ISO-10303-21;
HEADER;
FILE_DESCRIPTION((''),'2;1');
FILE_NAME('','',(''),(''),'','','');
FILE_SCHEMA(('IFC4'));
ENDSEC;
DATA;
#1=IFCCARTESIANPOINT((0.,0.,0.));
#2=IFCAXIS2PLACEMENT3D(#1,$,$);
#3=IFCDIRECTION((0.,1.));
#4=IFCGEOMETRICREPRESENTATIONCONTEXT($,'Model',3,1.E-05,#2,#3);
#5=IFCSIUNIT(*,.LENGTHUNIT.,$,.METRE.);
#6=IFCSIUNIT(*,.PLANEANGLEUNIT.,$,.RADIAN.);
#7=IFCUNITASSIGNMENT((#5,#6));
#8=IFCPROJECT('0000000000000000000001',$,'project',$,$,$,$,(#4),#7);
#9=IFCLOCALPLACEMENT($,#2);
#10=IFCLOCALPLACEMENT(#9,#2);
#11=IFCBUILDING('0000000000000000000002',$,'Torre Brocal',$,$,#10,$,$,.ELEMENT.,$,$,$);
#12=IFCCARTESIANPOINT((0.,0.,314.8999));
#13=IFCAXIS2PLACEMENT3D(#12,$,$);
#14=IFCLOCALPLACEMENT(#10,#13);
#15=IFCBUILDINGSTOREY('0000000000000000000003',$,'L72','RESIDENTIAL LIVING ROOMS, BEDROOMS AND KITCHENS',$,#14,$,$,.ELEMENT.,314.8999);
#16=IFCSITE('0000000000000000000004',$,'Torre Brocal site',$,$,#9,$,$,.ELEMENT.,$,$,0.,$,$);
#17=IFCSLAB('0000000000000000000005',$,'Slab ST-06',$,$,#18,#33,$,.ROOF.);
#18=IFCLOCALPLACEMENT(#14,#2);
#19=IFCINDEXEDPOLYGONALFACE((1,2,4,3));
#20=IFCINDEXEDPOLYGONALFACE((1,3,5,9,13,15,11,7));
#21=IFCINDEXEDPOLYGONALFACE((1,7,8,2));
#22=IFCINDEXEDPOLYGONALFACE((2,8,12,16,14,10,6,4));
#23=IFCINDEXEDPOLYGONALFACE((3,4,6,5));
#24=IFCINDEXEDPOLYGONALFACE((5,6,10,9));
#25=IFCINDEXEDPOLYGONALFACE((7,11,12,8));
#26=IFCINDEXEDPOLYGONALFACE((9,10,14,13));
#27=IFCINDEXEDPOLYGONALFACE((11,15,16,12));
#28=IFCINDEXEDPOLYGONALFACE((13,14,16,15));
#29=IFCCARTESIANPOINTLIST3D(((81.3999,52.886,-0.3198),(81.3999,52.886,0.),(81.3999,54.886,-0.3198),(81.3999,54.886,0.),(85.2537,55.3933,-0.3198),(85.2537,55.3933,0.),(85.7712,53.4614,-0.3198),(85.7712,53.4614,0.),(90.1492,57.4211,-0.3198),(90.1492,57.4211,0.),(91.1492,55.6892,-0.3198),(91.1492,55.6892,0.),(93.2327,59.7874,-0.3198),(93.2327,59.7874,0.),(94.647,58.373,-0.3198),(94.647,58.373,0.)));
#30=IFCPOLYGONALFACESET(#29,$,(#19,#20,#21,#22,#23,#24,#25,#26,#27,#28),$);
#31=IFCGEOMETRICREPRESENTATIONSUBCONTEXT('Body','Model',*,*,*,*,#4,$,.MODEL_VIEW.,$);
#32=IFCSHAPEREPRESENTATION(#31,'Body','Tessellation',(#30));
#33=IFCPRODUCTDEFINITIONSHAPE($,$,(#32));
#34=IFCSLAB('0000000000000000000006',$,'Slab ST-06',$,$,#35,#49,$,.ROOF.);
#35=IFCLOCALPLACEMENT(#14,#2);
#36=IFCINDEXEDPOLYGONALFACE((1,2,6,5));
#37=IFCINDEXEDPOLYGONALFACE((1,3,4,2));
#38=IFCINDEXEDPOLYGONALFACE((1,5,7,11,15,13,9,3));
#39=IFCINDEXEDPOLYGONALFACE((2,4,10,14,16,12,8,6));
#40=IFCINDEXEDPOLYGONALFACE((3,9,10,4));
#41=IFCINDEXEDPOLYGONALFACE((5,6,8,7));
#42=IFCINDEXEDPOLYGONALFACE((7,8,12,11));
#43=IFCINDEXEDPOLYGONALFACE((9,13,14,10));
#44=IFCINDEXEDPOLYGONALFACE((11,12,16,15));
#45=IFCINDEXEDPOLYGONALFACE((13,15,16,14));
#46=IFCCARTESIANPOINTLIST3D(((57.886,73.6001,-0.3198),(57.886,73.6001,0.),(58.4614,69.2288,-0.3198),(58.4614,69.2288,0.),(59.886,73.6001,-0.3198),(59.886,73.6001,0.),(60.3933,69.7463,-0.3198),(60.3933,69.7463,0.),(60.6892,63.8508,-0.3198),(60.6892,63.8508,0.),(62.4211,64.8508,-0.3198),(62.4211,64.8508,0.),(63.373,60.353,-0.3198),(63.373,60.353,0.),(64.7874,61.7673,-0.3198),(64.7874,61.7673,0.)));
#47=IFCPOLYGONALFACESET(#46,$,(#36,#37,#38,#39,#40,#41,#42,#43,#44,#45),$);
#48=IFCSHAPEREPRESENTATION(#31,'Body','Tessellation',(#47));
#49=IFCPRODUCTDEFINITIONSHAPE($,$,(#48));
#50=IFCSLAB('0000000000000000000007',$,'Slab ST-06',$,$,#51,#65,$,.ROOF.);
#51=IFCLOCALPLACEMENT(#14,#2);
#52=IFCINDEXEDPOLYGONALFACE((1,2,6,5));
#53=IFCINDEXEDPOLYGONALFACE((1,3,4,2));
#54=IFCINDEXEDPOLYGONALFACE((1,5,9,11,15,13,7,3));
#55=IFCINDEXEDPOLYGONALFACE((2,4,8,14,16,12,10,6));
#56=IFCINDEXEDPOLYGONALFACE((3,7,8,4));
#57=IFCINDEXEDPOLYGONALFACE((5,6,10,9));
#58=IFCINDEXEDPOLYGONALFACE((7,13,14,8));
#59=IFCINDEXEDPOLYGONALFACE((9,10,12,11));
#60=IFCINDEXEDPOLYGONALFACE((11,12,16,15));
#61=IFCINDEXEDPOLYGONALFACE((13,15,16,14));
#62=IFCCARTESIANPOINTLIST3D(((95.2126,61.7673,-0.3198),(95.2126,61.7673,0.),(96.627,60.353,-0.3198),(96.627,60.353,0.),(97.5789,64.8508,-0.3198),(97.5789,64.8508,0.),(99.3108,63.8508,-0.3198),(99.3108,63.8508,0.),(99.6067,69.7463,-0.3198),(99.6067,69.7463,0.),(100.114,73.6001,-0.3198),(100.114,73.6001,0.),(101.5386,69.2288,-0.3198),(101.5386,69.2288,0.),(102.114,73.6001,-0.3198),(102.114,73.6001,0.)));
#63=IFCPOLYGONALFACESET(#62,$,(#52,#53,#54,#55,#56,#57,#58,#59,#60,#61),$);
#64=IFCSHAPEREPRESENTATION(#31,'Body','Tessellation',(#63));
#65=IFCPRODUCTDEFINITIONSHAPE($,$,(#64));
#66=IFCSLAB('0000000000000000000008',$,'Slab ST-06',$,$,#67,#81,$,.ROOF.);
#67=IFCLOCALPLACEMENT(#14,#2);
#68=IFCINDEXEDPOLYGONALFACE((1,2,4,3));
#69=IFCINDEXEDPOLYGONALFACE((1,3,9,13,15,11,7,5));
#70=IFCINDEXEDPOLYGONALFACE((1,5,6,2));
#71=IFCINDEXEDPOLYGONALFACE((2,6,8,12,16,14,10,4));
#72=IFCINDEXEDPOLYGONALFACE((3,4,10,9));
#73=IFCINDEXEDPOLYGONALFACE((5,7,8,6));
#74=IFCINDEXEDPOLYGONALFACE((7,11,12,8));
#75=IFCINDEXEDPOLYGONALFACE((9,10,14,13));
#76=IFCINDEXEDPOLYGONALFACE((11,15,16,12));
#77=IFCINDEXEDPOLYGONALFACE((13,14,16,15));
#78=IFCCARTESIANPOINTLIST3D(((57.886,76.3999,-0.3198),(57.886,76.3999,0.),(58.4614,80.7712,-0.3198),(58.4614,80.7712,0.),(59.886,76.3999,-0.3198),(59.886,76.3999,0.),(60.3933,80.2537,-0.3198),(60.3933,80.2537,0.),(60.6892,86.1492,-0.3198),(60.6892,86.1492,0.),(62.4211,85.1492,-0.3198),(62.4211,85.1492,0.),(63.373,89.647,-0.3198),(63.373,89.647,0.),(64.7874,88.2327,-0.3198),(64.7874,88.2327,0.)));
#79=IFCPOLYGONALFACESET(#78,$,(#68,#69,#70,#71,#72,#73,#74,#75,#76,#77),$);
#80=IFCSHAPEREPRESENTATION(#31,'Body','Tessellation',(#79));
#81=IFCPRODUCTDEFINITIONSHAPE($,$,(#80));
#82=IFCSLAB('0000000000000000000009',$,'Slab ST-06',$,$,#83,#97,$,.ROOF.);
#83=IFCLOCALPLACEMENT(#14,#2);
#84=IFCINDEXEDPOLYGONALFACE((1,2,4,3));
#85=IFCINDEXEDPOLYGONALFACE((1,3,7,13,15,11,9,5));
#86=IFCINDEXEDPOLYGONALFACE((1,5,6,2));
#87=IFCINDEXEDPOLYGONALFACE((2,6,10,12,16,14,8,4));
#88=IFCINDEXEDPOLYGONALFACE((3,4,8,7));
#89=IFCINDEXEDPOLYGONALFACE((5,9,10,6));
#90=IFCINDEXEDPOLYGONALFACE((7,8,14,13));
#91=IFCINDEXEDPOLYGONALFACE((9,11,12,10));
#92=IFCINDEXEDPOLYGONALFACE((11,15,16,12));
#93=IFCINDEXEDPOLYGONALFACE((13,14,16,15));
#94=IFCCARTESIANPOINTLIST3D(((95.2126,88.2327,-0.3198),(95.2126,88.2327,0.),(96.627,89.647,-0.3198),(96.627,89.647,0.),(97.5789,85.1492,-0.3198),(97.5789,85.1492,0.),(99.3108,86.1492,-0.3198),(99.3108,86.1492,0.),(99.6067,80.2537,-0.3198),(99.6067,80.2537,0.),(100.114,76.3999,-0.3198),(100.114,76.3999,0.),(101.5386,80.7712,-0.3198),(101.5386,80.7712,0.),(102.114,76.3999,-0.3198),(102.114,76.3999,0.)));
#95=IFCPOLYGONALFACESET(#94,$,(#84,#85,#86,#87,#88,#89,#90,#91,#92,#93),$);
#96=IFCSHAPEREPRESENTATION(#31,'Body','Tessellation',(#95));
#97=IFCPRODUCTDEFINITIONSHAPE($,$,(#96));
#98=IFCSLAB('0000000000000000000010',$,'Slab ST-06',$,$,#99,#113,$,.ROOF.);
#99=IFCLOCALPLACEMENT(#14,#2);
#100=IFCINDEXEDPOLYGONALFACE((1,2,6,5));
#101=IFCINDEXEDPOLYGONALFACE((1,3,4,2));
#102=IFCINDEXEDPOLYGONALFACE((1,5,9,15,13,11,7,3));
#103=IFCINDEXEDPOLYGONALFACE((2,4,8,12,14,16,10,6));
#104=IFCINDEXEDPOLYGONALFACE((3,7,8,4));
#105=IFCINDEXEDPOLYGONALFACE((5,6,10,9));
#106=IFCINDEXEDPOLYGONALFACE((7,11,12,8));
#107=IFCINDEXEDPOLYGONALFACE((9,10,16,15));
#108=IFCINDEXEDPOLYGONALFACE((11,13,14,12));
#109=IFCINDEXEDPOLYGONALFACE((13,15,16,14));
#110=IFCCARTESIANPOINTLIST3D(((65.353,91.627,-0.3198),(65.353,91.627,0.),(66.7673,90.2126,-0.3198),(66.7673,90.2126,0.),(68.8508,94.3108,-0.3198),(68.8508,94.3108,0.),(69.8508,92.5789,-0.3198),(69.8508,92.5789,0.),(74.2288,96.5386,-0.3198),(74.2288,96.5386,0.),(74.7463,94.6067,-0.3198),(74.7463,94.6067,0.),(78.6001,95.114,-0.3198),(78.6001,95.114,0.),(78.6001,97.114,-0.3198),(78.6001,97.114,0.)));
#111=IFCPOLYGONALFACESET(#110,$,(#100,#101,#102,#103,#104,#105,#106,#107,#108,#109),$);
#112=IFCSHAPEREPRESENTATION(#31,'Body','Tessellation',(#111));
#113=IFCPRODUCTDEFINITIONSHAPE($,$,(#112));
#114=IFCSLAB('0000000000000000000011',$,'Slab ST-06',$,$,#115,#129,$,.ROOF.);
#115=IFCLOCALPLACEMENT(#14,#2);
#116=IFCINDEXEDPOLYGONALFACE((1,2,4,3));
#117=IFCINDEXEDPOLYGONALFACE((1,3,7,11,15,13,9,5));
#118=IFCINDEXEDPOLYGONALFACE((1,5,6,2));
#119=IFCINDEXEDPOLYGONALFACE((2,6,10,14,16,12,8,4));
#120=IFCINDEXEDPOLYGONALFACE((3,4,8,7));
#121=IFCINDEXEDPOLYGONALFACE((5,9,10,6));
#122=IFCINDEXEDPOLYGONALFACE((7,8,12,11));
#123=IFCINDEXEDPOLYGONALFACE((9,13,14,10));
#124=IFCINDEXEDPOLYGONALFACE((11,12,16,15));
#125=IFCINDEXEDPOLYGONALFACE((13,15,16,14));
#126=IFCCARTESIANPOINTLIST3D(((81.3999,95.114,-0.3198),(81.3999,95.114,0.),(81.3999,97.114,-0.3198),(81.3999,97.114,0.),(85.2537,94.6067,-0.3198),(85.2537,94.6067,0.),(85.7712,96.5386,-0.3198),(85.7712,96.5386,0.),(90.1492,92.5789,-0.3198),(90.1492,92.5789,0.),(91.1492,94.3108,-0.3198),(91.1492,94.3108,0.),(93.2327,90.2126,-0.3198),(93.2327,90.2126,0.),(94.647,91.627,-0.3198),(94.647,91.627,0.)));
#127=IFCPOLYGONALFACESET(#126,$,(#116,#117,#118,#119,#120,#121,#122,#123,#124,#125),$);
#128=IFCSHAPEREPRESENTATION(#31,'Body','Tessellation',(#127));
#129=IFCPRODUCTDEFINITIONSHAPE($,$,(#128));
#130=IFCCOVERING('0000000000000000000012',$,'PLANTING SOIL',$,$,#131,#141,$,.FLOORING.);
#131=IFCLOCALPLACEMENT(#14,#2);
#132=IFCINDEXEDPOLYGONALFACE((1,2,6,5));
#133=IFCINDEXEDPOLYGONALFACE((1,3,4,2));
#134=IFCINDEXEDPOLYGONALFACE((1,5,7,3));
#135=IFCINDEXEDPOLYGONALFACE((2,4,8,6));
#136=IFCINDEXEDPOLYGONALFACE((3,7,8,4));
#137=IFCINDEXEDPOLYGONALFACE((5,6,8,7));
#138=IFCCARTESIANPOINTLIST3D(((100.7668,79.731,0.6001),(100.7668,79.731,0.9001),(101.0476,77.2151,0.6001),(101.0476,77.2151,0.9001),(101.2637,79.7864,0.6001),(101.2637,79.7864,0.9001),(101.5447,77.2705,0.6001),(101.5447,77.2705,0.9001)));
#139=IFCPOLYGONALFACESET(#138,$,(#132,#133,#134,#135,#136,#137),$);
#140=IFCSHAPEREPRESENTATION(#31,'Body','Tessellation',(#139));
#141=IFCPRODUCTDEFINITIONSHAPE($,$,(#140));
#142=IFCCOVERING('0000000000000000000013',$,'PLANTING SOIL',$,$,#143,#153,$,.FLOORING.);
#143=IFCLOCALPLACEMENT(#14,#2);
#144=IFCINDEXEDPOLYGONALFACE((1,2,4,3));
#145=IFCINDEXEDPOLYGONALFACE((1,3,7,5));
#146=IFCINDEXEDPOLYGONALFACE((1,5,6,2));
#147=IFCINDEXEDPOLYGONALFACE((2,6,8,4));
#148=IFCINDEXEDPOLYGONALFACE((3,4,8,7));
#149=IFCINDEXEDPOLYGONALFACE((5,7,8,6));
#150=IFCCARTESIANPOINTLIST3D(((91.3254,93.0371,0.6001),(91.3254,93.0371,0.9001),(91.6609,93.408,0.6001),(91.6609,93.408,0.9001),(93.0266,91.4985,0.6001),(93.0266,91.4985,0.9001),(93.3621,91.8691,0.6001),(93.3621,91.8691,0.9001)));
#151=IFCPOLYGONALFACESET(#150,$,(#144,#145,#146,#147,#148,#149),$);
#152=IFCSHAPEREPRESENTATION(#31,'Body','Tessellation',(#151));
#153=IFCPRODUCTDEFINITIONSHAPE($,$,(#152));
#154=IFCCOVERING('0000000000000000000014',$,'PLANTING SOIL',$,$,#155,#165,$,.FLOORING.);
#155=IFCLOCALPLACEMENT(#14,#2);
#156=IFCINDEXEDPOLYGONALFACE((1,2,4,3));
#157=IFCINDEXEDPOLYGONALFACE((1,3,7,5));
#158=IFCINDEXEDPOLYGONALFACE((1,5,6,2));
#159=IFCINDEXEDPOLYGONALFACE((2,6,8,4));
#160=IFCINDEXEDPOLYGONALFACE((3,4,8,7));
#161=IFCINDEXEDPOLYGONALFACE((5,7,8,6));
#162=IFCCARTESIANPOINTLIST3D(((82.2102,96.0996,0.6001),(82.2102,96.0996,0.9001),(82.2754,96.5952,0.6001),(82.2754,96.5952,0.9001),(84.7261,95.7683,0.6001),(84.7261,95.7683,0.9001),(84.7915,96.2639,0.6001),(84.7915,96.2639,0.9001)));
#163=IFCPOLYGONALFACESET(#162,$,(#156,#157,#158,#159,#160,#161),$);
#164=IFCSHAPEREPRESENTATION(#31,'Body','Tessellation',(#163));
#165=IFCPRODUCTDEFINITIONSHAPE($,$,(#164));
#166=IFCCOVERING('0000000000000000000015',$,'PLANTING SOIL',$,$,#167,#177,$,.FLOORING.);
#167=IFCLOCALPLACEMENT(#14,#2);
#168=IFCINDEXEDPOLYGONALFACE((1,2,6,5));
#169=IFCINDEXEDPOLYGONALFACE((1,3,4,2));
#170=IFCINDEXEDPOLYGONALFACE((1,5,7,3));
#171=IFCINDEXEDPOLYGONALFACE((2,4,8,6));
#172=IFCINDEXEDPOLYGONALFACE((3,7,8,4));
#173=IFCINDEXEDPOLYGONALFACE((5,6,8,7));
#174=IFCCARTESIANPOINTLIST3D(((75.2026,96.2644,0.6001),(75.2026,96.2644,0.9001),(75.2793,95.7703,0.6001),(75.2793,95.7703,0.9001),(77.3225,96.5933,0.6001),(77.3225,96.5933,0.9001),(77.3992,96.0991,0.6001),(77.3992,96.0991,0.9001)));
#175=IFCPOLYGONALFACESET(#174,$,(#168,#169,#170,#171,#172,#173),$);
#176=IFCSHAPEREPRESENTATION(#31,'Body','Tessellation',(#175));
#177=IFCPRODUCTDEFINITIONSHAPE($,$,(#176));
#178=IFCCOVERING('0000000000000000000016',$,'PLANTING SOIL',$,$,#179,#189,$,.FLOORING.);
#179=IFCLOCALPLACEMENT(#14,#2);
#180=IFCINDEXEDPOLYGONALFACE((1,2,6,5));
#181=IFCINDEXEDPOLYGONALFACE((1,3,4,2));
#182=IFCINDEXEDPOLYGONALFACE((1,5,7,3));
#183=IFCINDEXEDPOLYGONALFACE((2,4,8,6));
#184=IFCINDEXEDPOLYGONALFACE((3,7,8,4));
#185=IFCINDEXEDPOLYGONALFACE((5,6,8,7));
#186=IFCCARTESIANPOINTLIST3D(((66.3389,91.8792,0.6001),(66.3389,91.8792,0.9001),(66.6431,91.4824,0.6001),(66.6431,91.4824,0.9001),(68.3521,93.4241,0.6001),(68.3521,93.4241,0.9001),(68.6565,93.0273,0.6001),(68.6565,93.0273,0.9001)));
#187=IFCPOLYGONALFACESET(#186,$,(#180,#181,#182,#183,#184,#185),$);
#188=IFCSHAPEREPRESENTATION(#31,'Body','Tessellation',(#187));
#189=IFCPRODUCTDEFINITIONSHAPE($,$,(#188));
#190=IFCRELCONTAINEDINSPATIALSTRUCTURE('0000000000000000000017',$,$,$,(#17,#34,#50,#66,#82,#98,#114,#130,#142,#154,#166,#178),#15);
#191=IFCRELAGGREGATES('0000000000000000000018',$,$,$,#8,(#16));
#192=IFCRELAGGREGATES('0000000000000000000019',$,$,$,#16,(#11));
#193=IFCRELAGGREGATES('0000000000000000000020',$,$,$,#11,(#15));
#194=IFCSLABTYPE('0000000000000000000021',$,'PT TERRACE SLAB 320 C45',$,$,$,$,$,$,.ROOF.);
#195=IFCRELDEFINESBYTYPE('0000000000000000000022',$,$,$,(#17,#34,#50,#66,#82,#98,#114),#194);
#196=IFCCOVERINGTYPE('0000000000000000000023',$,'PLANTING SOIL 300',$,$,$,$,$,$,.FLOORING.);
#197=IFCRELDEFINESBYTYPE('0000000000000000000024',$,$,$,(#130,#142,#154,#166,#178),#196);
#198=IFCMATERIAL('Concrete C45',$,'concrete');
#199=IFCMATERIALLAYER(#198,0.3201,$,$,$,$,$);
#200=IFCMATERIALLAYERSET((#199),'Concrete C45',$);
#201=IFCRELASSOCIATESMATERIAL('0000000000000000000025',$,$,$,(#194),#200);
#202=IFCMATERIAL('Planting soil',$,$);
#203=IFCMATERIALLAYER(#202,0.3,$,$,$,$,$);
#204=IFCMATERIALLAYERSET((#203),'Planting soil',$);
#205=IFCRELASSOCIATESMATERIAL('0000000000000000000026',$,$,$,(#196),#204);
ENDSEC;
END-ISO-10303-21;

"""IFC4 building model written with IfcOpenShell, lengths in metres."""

from ifc_helpers import new_model, si_unit, direction, frame, origin, place, context, subcontext, project, spatial, polyline, outline, extrude, material, layer, layer_set, type_object, element, save


model = new_model("IFC4")

# Units and contexts
model_context = context("Model", 3, precision=1e-05, world=origin(), true_north=direction((0.0, 1.0)))
body_context = subcontext(model_context, "Body", "Model", "MODEL_VIEW")
ifc_project = project(units=[si_unit("LENGTHUNIT", "METRE"), si_unit("PLANEANGLEUNIT", "RADIAN")], contexts=[model_context])

# Site, building, storey
site_placement = place(None, origin())
site = spatial("IfcSite", under=ifc_project, at=site_placement, Name="Torre Brocal site", CompositionType="ELEMENT", RefElevation=0.0)
building_placement = place(site_placement, origin())
building = spatial("IfcBuilding", under=site, at=building_placement, Name="Torre Brocal", CompositionType="ELEMENT")
storey_placement = place(building_placement, frame((0.0, 0.0, 314.8999)))
storey = spatial("IfcBuildingStorey", under=building, at=storey_placement, Name="L72", Description="RESIDENTIAL LIVING ROOMS, BEDROOMS AND KITCHENS", CompositionType="ELEMENT", Elevation=314.8999)

# Slabs
ifc_material_1 = material(Name="Concrete C45", Category="concrete")
ifc_layer_1 = layer(ifc_material_1, 0.3201)
ifc_layer_set_1 = layer_set([ifc_layer_1], Name="Concrete C45")
slab_type_1 = type_object("IfcSlabType", Name="PT TERRACE SLAB 320 C45", PredefinedType="ROOF", material=ifc_layer_set_1)
slab_1_placement = place(storey_placement, frame((0.0, 0.0, -0.3198)))
element("IfcSlab", 1, at=slab_1_placement, inside=storey, type_object=slab_type_1, Name="Slab ST-06", PredefinedType="ROOF", context=body_context, shape_type="SweptSolid", body=[
    extrude(outline(polyline([(90.1492, 57.4211), (93.2327, 59.7874), (94.647, 58.373), (91.1492, 55.6892), (85.7712, 53.4614), (81.3999, 52.886), (81.3999, 54.886), (85.2537, 55.3933), (90.1492, 57.4211)])), origin(), (0.0, 0.0, 1.0), 0.3198),
])
slab_2_placement = place(storey_placement, frame((0.0, 0.0, -0.3198)))
element("IfcSlab", 2, at=slab_2_placement, inside=storey, type_object=slab_type_1, Name="Slab ST-06", PredefinedType="ROOF", context=body_context, shape_type="SweptSolid", body=[
    extrude(outline(polyline([(62.4211, 64.8508), (64.7874, 61.7673), (63.373, 60.353), (60.6892, 63.8508), (58.4614, 69.2288), (57.886, 73.6001), (59.886, 73.6001), (60.3933, 69.7463), (62.4211, 64.8508)])), origin(), (0.0, 0.0, 1.0), 0.3198),
])
slab_3_placement = place(storey_placement, frame((0.0, 0.0, -0.3198)))
element("IfcSlab", 3, at=slab_3_placement, inside=storey, type_object=slab_type_1, Name="Slab ST-06", PredefinedType="ROOF", context=body_context, shape_type="SweptSolid", body=[
    extrude(outline(polyline([(97.5789, 64.8508), (99.6067, 69.7463), (100.114, 73.6001), (102.114, 73.6001), (101.5386, 69.2288), (99.3108, 63.8508), (96.627, 60.353), (95.2126, 61.7673), (97.5789, 64.8508)])), origin(), (0.0, 0.0, 1.0), 0.3198),
])
slab_4_placement = place(storey_placement, frame((0.0, 0.0, -0.3198)))
element("IfcSlab", 4, at=slab_4_placement, inside=storey, type_object=slab_type_1, Name="Slab ST-06", PredefinedType="ROOF", context=body_context, shape_type="SweptSolid", body=[
    extrude(outline(polyline([(62.4211, 85.1492), (60.3933, 80.2537), (59.886, 76.3999), (57.886, 76.3999), (58.4614, 80.7712), (60.6892, 86.1492), (63.373, 89.647), (64.7874, 88.2327), (62.4211, 85.1492)])), origin(), (0.0, 0.0, 1.0), 0.3198),
])
slab_5_placement = place(storey_placement, frame((0.0, 0.0, -0.3198)))
element("IfcSlab", 5, at=slab_5_placement, inside=storey, type_object=slab_type_1, Name="Slab ST-06", PredefinedType="ROOF", context=body_context, shape_type="SweptSolid", body=[
    extrude(outline(polyline([(96.627, 89.647), (99.3108, 86.1492), (101.5386, 80.7712), (102.114, 76.3999), (100.114, 76.3999), (99.6067, 80.2537), (97.5789, 85.1492), (95.2126, 88.2327), (96.627, 89.647)])), origin(), (0.0, 0.0, 1.0), 0.3198),
])
slab_6_placement = place(storey_placement, frame((0.0, 0.0, -0.3198)))
element("IfcSlab", 6, at=slab_6_placement, inside=storey, type_object=slab_type_1, Name="Slab ST-06", PredefinedType="ROOF", context=body_context, shape_type="SweptSolid", body=[
    extrude(outline(polyline([(69.8508, 92.5789), (66.7673, 90.2126), (65.353, 91.627), (68.8508, 94.3108), (74.2288, 96.5386), (78.6001, 97.114), (78.6001, 95.114), (74.7463, 94.6067), (69.8508, 92.5789)])), origin(), (0.0, 0.0, 1.0), 0.3198),
])
slab_7_placement = place(storey_placement, frame((0.0, 0.0, -0.3198)))
element("IfcSlab", 7, at=slab_7_placement, inside=storey, type_object=slab_type_1, Name="Slab ST-06", PredefinedType="ROOF", context=body_context, shape_type="SweptSolid", body=[
    extrude(outline(polyline([(85.2537, 94.6067), (81.3999, 95.114), (81.3999, 97.114), (85.7712, 96.5386), (91.1492, 94.3108), (94.647, 91.627), (93.2327, 90.2126), (90.1492, 92.5789), (85.2537, 94.6067)])), origin(), (0.0, 0.0, 1.0), 0.3198),
])

# Coverings
ifc_material_2 = material(Name="Planting soil")
ifc_layer_2 = layer(ifc_material_2, 0.3)
ifc_layer_set_2 = layer_set([ifc_layer_2], Name="Planting soil")
covering_type = type_object("IfcCoveringType", Name="PLANTING SOIL 300", PredefinedType="FLOORING", material=ifc_layer_set_2)
covering_1_placement = place(storey_placement, frame((0.0, 0.0, 0.6001)))
element("IfcCovering", 8, at=covering_1_placement, inside=storey, type_object=covering_type, Name="PLANTING SOIL", PredefinedType="FLOORING", context=body_context, shape_type="SweptSolid", body=[
    extrude(outline(polyline([(101.0476, 77.2151), (100.7668, 79.731), (101.2637, 79.7864), (101.5447, 77.2705), (101.0476, 77.2151)])), origin(), (0.0, 0.0, 1.0), 0.3),
])
covering_2_placement = place(storey_placement, frame((0.0, 0.0, 0.6001)))
element("IfcCovering", 9, at=covering_2_placement, inside=storey, type_object=covering_type, Name="PLANTING SOIL", PredefinedType="FLOORING", context=body_context, shape_type="SweptSolid", body=[
    extrude(outline(polyline([(93.0266, 91.4985), (91.3254, 93.0371), (91.6609, 93.408), (93.3621, 91.8691), (93.0266, 91.4985)])), origin(), (0.0, 0.0, 1.0), 0.3),
])
covering_3_placement = place(storey_placement, frame((0.0, 0.0, 0.6001)))
element("IfcCovering", 10, at=covering_3_placement, inside=storey, type_object=covering_type, Name="PLANTING SOIL", PredefinedType="FLOORING", context=body_context, shape_type="SweptSolid", body=[
    extrude(outline(polyline([(84.7261, 95.7683), (82.2102, 96.0996), (82.2754, 96.5952), (84.7915, 96.2639), (84.7261, 95.7683)])), origin(), (0.0, 0.0, 1.0), 0.3),
])
covering_4_placement = place(storey_placement, frame((0.0, 0.0, 0.6001)))
element("IfcCovering", 11, at=covering_4_placement, inside=storey, type_object=covering_type, Name="PLANTING SOIL", PredefinedType="FLOORING", context=body_context, shape_type="SweptSolid", body=[
    extrude(outline(polyline([(77.3992, 96.0991), (75.2793, 95.7703), (75.2026, 96.2644), (77.3225, 96.5933), (77.3992, 96.0991)])), origin(), (0.0, 0.0, 1.0), 0.3),
])
covering_5_placement = place(storey_placement, frame((0.0, 0.0, 0.6001)))
element("IfcCovering", 12, at=covering_5_placement, inside=storey, type_object=covering_type, Name="PLANTING SOIL", PredefinedType="FLOORING", context=body_context, shape_type="SweptSolid", body=[
    extrude(outline(polyline([(68.6565, 93.0273), (66.6431, 91.4824), (66.3389, 91.8792), (68.3521, 93.4241), (68.6565, 93.0273)])), origin(), (0.0, 0.0, 1.0), 0.3),
])

save(model, "model.ifc")
